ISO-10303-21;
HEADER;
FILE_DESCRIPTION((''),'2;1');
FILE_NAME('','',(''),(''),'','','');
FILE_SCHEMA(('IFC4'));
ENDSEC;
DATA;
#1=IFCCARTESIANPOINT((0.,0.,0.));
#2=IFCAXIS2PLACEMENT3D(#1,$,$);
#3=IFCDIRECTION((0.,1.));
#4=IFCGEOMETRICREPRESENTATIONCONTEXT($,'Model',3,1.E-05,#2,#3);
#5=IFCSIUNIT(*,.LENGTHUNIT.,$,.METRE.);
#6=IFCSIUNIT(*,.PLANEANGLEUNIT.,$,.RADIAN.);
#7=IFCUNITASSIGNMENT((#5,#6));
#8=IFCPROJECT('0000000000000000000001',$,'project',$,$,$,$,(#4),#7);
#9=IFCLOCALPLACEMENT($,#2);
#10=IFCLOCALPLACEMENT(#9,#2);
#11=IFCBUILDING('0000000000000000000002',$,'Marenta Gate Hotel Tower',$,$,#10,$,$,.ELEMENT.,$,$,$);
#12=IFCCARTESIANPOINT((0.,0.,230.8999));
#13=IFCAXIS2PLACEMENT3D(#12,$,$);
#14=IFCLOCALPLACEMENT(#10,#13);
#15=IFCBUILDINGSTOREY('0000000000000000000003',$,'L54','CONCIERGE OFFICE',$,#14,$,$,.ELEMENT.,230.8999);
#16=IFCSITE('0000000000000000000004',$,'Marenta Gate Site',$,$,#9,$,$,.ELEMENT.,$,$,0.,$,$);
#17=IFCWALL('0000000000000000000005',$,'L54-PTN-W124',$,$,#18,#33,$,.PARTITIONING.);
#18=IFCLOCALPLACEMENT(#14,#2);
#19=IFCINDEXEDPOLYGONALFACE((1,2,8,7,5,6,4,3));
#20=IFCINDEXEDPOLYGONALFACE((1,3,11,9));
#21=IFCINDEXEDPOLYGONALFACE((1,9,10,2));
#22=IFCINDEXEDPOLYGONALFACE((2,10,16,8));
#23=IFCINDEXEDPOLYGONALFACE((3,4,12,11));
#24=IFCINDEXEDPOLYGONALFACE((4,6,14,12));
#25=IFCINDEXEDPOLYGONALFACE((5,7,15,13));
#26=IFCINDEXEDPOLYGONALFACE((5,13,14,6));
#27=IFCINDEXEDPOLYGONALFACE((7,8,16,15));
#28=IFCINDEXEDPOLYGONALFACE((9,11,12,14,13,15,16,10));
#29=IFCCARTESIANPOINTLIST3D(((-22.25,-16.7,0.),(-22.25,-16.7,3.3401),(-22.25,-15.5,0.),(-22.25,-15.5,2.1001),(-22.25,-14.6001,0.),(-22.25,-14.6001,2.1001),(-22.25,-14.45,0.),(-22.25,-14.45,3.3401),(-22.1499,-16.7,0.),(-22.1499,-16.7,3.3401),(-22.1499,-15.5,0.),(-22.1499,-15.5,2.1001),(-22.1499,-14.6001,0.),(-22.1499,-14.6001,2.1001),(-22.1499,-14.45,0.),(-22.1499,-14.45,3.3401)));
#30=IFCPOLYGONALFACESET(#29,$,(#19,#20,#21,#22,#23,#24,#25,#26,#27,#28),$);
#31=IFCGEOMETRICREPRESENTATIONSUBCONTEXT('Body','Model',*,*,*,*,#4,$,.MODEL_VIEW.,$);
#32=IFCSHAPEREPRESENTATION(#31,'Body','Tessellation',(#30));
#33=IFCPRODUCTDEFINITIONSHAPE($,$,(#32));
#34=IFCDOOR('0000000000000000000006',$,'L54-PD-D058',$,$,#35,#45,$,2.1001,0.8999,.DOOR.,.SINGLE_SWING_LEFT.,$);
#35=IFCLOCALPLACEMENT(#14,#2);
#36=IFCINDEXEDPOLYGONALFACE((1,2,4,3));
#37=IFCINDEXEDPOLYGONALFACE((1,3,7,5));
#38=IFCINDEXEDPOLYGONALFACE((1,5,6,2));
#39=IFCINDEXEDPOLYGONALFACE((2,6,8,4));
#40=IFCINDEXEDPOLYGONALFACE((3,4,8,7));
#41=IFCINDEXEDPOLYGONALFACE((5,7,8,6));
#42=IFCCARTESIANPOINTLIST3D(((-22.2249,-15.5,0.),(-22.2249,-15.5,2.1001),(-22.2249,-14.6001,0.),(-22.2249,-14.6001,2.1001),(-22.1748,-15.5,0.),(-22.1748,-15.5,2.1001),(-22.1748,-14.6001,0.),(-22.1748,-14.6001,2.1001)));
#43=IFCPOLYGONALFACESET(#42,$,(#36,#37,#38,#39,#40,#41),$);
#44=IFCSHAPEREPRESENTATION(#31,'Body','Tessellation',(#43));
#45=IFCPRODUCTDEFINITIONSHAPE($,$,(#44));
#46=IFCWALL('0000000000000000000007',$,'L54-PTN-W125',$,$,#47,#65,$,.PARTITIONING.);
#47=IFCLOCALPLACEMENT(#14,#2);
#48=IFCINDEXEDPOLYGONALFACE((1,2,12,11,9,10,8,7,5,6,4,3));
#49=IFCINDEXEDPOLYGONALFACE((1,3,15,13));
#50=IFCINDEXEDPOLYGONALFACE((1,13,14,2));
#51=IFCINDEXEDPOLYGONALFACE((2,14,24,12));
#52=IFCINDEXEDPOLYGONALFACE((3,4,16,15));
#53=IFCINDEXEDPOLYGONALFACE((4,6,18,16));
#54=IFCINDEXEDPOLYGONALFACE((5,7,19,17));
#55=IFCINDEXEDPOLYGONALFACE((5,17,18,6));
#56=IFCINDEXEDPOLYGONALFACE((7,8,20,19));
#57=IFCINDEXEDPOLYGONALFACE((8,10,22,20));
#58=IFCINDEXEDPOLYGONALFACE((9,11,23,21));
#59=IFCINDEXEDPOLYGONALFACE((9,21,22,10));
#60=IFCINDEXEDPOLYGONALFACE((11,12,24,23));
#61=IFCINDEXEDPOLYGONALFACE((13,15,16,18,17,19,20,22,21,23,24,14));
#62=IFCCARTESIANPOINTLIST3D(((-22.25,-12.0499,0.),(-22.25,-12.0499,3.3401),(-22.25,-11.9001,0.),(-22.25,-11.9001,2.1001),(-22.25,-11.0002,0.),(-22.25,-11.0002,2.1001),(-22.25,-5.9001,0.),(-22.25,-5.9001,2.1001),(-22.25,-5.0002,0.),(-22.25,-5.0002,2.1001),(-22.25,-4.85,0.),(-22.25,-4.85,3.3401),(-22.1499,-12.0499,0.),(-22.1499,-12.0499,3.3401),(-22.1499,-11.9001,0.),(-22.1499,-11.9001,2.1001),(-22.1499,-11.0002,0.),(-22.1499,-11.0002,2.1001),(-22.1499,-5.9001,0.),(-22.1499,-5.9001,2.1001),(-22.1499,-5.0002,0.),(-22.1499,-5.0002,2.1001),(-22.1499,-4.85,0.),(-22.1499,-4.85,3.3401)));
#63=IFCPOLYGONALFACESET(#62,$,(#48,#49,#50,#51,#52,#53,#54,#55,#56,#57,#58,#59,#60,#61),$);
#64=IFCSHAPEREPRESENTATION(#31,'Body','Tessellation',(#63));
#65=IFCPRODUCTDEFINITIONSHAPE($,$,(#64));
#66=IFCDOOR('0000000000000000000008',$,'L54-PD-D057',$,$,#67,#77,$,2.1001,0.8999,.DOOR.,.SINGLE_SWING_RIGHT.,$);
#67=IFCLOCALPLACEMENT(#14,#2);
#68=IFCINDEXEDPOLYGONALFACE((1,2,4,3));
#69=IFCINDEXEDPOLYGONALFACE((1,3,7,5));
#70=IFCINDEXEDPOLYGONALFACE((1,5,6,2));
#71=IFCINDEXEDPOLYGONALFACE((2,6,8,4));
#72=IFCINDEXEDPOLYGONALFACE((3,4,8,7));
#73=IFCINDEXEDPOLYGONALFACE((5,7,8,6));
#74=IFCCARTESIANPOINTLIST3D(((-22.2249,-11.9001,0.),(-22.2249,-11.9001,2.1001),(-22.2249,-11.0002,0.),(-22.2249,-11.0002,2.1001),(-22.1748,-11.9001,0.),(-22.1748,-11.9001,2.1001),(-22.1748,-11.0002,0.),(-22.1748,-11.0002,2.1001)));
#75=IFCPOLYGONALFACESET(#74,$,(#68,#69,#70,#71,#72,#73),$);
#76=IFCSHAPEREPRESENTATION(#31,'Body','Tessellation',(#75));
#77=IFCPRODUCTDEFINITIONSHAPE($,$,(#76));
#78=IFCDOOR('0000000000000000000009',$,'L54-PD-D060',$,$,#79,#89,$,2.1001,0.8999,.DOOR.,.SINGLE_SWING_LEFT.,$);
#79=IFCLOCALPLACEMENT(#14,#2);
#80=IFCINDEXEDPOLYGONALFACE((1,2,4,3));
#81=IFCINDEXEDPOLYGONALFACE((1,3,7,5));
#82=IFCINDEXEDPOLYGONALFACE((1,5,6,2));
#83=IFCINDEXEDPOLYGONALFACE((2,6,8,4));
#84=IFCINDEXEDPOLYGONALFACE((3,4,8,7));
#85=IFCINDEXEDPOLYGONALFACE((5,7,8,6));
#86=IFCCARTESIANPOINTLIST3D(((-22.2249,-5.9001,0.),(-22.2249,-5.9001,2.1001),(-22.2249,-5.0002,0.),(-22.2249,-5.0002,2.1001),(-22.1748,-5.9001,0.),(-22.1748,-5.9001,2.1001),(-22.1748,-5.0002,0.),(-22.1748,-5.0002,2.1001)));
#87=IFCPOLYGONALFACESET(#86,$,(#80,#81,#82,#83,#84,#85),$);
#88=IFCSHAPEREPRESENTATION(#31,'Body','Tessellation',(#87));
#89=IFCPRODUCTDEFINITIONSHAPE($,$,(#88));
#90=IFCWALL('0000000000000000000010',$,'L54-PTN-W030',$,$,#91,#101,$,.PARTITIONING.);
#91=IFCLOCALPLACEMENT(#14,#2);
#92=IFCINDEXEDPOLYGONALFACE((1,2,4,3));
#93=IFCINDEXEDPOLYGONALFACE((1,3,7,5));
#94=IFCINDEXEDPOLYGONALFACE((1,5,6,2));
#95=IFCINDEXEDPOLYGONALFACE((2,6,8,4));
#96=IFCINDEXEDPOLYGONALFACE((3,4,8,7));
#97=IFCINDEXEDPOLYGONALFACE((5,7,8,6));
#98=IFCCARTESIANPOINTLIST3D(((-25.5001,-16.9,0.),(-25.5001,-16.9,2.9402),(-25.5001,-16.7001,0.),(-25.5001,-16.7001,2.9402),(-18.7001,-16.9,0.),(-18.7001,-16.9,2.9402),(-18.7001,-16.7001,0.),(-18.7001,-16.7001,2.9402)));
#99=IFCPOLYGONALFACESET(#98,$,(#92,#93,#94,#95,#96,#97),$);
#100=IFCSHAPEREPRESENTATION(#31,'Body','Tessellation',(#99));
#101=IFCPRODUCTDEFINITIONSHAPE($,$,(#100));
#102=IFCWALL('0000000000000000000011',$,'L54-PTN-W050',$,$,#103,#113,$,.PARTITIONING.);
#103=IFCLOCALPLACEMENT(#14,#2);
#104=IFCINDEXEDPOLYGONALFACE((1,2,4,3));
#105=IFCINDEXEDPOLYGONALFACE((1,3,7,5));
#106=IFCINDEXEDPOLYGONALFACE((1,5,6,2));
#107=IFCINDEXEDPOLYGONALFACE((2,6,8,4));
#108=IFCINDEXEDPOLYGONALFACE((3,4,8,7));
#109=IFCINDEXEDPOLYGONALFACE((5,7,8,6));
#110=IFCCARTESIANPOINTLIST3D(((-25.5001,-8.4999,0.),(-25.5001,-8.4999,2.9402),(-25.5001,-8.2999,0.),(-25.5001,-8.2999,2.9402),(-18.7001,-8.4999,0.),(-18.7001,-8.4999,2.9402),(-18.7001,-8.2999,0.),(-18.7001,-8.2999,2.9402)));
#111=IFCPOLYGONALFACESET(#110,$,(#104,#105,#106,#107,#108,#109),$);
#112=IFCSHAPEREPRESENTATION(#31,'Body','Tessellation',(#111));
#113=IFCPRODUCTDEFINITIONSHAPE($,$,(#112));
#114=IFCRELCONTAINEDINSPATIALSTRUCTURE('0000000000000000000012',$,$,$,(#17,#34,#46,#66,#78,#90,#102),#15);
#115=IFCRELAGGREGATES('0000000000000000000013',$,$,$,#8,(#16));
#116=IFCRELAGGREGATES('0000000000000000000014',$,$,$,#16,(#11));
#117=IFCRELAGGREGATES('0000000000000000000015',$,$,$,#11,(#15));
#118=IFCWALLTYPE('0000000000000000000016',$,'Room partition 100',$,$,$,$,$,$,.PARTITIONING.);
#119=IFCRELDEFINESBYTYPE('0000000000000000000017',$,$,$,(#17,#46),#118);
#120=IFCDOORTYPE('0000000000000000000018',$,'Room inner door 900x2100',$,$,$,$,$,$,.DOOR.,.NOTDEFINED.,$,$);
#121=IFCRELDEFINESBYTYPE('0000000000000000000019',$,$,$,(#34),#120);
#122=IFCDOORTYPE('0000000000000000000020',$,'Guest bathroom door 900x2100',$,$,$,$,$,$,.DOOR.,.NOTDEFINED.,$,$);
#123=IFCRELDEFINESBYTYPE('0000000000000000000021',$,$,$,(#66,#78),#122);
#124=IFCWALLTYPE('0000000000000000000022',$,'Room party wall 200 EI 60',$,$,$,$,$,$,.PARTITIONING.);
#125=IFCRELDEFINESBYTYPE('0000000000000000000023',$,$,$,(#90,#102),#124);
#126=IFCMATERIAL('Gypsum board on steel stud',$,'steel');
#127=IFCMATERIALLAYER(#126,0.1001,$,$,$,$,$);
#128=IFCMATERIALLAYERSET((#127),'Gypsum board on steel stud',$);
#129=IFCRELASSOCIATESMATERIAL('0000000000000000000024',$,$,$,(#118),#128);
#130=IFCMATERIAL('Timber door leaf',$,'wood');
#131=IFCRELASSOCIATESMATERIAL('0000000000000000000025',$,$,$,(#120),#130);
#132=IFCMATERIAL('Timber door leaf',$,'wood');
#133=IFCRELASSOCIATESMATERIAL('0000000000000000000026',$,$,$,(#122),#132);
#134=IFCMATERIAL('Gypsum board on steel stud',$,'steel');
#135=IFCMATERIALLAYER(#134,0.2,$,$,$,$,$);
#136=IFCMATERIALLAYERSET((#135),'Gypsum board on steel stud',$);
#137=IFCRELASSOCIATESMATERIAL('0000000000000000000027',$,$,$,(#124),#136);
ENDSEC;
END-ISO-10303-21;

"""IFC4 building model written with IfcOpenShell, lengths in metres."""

from ifc_helpers import new_model, si_unit, direction, frame, frame_2d, origin, place, context, subcontext, project, spatial, rectangle, extrude, material, layer, layer_set, type_object, element, fill, save


model = new_model("IFC4")

# Units and contexts
model_context = context("Model", 3, precision=1e-05, world=origin(), true_north=direction((0.0, 1.0)))
body_context = subcontext(model_context, "Body", "Model", "MODEL_VIEW")
ifc_project = project(units=[si_unit("LENGTHUNIT", "METRE"), si_unit("PLANEANGLEUNIT", "RADIAN")], contexts=[model_context])

# Site, building, storey
site_placement = place(None, origin())
site = spatial("IfcSite", under=ifc_project, at=site_placement, Name="Marenta Gate Site", CompositionType="ELEMENT", RefElevation=0.0)
building_placement = place(site_placement, origin())
building = spatial("IfcBuilding", under=site, at=building_placement, Name="Marenta Gate Hotel Tower", CompositionType="ELEMENT")
storey_placement = place(building_placement, frame((0.0, 0.0, 230.8999)))
storey = spatial("IfcBuildingStorey", under=building, at=storey_placement, Name="L54", Description="CONCIERGE OFFICE", CompositionType="ELEMENT", Elevation=230.8999)

# Shared definitions
ifc_material_1 = material(Name="Gypsum board on steel stud", Category="steel")
ifc_layer_1 = layer(ifc_material_1, 0.1001)
ifc_layer_set_1 = layer_set([ifc_layer_1], Name="Gypsum board on steel stud")
wall_type_1 = type_object("IfcWallType", Name="Room partition 100", PredefinedType="PARTITIONING", material=ifc_layer_set_1)

# Wall, opening, door
wall_1_placement = place(storey_placement, frame((-22.2, -16.7, 0.0), z_axis=(0.0, 0.0, 1.0), x_axis=(0.0, 1.0, 0.0)))
wall_1 = element("IfcWall", 1, at=wall_1_placement, inside=storey, type_object=wall_type_1, Name="L54-PTN-W124", PredefinedType="PARTITIONING", context=body_context, shape_type="SweptSolid", body=[
    extrude(rectangle(XDim=2.25, YDim=0.1001, at=frame_2d((1.125, 0.0))), origin(), (0.0, 0.0, 1.0), 3.3401),
])
opening_1_placement = place(wall_1_placement, frame((1.2, 0.0, 0.0)))
opening_1 = element("IfcOpeningElement", 2, at=opening_1_placement, cuts=wall_1, PredefinedType="OPENING", context=body_context, shape_type="SweptSolid", body=[
    extrude(rectangle(XDim=0.8999, YDim=2.1001, at=frame_2d((0.45, 1.05))), frame((0.0, 0.05, 0.0), z_axis=(0.0, -1.0, 0.0), x_axis=(1.0, 0.0, 0.0)), (0.0, 0.0, 1.0), 0.1001),
])
ifc_material_2 = material(Name="Timber door leaf", Category="wood")
door_type_1 = type_object("IfcDoorType", Name="Room inner door 900x2100", OperationType="NOTDEFINED", PredefinedType="DOOR", material=ifc_material_2)
door_1_placement = place(opening_1_placement, origin())
door_1 = element("IfcDoor", 3, at=door_1_placement, inside=storey, type_object=door_type_1, Name="L54-PD-D058", OperationType="SINGLE_SWING_LEFT", OverallHeight=2.1001, OverallWidth=0.8999, PredefinedType="DOOR", context=body_context, shape_type="SweptSolid", body=[
    extrude(rectangle(XDim=0.8999, YDim=2.1001, at=frame_2d((0.45, 1.05))), frame((0.0, 0.0249, 0.0), z_axis=(0.0, -1.0, 0.0), x_axis=(1.0, 0.0, 0.0)), (0.0, 0.0, 1.0), 0.05),
])
fill(opening_1, door_1)

# Wall, openings, doors
wall_2_placement = place(storey_placement, frame((-22.2, -12.05, 0.0), z_axis=(0.0, 0.0, 1.0), x_axis=(0.0, 1.0, 0.0)))
wall_2 = element("IfcWall", 4, at=wall_2_placement, inside=storey, type_object=wall_type_1, Name="L54-PTN-W125", PredefinedType="PARTITIONING", context=body_context, shape_type="SweptSolid", body=[
    extrude(rectangle(XDim=7.2, YDim=0.1001, at=frame_2d((3.6001, 0.0))), origin(), (0.0, 0.0, 1.0), 3.3401),
])
opening_2_placement = place(wall_2_placement, frame((0.1499, 0.0, 0.0)))
opening_2 = element("IfcOpeningElement", 5, at=opening_2_placement, cuts=wall_2, PredefinedType="OPENING", context=body_context, shape_type="SweptSolid", body=[
    extrude(rectangle(XDim=0.8999, YDim=2.1001, at=frame_2d((0.45, 1.05))), frame((0.0, 0.05, 0.0), z_axis=(0.0, -1.0, 0.0), x_axis=(1.0, 0.0, 0.0)), (0.0, 0.0, 1.0), 0.1001),
])
opening_3_placement = place(wall_2_placement, frame((6.1499, 0.0, 0.0)))
opening_3 = element("IfcOpeningElement", 6, at=opening_3_placement, cuts=wall_2, PredefinedType="OPENING", context=body_context, shape_type="SweptSolid", body=[
    extrude(rectangle(XDim=0.8999, YDim=2.1001, at=frame_2d((0.45, 1.05))), frame((0.0, 0.05, 0.0), z_axis=(0.0, -1.0, 0.0), x_axis=(1.0, 0.0, 0.0)), (0.0, 0.0, 1.0), 0.1001),
])
ifc_material_3 = material(Name="Timber door leaf", Category="wood")
door_type_2 = type_object("IfcDoorType", Name="Guest bathroom door 900x2100", OperationType="NOTDEFINED", PredefinedType="DOOR", material=ifc_material_3)
door_2_placement = place(opening_2_placement, origin())
door_2 = element("IfcDoor", 7, at=door_2_placement, inside=storey, type_object=door_type_2, Name="L54-PD-D057", OperationType="SINGLE_SWING_RIGHT", OverallHeight=2.1001, OverallWidth=0.8999, PredefinedType="DOOR", context=body_context, shape_type="SweptSolid", body=[
    extrude(rectangle(XDim=0.8999, YDim=2.1001, at=frame_2d((0.45, 1.05))), frame((0.0, 0.0249, 0.0), z_axis=(0.0, -1.0, 0.0), x_axis=(1.0, 0.0, 0.0)), (0.0, 0.0, 1.0), 0.05),
])
fill(opening_2, door_2)
door_3_placement = place(opening_3_placement, origin())
door_3 = element("IfcDoor", 8, at=door_3_placement, inside=storey, type_object=door_type_2, Name="L54-PD-D060", OperationType="SINGLE_SWING_LEFT", OverallHeight=2.1001, OverallWidth=0.8999, PredefinedType="DOOR", context=body_context, shape_type="SweptSolid", body=[
    extrude(rectangle(XDim=0.8999, YDim=2.1001, at=frame_2d((0.45, 1.05))), frame((0.0, 0.0249, 0.0), z_axis=(0.0, -1.0, 0.0), x_axis=(1.0, 0.0, 0.0)), (0.0, 0.0, 1.0), 0.05),
])
fill(opening_3, door_3)

# Walls
ifc_material_4 = material(Name="Gypsum board on steel stud", Category="steel")
ifc_layer_2 = layer(ifc_material_4, 0.2)
ifc_layer_set_2 = layer_set([ifc_layer_2], Name="Gypsum board on steel stud")
wall_type_2 = type_object("IfcWallType", Name="Room party wall 200 EI 60", PredefinedType="PARTITIONING", material=ifc_layer_set_2)
for number, where, z_axis, x_axis, name in (
    (9, (-25.5, -16.8, 0.0), (0.0, 0.0, 1.0), (1.0, 0.0, 0.0), "L54-PTN-W030"),
    (10, (-25.5, -8.3999, 0.0), (0.0, 0.0, 1.0), (1.0, 0.0, 0.0), "L54-PTN-W050"),
):
    element("IfcWall", number, at=place(storey_placement, frame(where, z_axis=z_axis, x_axis=x_axis)), inside=storey, type_object=wall_type_2, Name=name, PredefinedType="PARTITIONING", context=body_context, shape_type="SweptSolid", body=[
        extrude(rectangle(XDim=6.8, YDim=0.2, at=frame_2d((3.3999, 0.0))), origin(), (0.0, 0.0, 1.0), 2.9402),
    ])

save(model, "model.ifc")
